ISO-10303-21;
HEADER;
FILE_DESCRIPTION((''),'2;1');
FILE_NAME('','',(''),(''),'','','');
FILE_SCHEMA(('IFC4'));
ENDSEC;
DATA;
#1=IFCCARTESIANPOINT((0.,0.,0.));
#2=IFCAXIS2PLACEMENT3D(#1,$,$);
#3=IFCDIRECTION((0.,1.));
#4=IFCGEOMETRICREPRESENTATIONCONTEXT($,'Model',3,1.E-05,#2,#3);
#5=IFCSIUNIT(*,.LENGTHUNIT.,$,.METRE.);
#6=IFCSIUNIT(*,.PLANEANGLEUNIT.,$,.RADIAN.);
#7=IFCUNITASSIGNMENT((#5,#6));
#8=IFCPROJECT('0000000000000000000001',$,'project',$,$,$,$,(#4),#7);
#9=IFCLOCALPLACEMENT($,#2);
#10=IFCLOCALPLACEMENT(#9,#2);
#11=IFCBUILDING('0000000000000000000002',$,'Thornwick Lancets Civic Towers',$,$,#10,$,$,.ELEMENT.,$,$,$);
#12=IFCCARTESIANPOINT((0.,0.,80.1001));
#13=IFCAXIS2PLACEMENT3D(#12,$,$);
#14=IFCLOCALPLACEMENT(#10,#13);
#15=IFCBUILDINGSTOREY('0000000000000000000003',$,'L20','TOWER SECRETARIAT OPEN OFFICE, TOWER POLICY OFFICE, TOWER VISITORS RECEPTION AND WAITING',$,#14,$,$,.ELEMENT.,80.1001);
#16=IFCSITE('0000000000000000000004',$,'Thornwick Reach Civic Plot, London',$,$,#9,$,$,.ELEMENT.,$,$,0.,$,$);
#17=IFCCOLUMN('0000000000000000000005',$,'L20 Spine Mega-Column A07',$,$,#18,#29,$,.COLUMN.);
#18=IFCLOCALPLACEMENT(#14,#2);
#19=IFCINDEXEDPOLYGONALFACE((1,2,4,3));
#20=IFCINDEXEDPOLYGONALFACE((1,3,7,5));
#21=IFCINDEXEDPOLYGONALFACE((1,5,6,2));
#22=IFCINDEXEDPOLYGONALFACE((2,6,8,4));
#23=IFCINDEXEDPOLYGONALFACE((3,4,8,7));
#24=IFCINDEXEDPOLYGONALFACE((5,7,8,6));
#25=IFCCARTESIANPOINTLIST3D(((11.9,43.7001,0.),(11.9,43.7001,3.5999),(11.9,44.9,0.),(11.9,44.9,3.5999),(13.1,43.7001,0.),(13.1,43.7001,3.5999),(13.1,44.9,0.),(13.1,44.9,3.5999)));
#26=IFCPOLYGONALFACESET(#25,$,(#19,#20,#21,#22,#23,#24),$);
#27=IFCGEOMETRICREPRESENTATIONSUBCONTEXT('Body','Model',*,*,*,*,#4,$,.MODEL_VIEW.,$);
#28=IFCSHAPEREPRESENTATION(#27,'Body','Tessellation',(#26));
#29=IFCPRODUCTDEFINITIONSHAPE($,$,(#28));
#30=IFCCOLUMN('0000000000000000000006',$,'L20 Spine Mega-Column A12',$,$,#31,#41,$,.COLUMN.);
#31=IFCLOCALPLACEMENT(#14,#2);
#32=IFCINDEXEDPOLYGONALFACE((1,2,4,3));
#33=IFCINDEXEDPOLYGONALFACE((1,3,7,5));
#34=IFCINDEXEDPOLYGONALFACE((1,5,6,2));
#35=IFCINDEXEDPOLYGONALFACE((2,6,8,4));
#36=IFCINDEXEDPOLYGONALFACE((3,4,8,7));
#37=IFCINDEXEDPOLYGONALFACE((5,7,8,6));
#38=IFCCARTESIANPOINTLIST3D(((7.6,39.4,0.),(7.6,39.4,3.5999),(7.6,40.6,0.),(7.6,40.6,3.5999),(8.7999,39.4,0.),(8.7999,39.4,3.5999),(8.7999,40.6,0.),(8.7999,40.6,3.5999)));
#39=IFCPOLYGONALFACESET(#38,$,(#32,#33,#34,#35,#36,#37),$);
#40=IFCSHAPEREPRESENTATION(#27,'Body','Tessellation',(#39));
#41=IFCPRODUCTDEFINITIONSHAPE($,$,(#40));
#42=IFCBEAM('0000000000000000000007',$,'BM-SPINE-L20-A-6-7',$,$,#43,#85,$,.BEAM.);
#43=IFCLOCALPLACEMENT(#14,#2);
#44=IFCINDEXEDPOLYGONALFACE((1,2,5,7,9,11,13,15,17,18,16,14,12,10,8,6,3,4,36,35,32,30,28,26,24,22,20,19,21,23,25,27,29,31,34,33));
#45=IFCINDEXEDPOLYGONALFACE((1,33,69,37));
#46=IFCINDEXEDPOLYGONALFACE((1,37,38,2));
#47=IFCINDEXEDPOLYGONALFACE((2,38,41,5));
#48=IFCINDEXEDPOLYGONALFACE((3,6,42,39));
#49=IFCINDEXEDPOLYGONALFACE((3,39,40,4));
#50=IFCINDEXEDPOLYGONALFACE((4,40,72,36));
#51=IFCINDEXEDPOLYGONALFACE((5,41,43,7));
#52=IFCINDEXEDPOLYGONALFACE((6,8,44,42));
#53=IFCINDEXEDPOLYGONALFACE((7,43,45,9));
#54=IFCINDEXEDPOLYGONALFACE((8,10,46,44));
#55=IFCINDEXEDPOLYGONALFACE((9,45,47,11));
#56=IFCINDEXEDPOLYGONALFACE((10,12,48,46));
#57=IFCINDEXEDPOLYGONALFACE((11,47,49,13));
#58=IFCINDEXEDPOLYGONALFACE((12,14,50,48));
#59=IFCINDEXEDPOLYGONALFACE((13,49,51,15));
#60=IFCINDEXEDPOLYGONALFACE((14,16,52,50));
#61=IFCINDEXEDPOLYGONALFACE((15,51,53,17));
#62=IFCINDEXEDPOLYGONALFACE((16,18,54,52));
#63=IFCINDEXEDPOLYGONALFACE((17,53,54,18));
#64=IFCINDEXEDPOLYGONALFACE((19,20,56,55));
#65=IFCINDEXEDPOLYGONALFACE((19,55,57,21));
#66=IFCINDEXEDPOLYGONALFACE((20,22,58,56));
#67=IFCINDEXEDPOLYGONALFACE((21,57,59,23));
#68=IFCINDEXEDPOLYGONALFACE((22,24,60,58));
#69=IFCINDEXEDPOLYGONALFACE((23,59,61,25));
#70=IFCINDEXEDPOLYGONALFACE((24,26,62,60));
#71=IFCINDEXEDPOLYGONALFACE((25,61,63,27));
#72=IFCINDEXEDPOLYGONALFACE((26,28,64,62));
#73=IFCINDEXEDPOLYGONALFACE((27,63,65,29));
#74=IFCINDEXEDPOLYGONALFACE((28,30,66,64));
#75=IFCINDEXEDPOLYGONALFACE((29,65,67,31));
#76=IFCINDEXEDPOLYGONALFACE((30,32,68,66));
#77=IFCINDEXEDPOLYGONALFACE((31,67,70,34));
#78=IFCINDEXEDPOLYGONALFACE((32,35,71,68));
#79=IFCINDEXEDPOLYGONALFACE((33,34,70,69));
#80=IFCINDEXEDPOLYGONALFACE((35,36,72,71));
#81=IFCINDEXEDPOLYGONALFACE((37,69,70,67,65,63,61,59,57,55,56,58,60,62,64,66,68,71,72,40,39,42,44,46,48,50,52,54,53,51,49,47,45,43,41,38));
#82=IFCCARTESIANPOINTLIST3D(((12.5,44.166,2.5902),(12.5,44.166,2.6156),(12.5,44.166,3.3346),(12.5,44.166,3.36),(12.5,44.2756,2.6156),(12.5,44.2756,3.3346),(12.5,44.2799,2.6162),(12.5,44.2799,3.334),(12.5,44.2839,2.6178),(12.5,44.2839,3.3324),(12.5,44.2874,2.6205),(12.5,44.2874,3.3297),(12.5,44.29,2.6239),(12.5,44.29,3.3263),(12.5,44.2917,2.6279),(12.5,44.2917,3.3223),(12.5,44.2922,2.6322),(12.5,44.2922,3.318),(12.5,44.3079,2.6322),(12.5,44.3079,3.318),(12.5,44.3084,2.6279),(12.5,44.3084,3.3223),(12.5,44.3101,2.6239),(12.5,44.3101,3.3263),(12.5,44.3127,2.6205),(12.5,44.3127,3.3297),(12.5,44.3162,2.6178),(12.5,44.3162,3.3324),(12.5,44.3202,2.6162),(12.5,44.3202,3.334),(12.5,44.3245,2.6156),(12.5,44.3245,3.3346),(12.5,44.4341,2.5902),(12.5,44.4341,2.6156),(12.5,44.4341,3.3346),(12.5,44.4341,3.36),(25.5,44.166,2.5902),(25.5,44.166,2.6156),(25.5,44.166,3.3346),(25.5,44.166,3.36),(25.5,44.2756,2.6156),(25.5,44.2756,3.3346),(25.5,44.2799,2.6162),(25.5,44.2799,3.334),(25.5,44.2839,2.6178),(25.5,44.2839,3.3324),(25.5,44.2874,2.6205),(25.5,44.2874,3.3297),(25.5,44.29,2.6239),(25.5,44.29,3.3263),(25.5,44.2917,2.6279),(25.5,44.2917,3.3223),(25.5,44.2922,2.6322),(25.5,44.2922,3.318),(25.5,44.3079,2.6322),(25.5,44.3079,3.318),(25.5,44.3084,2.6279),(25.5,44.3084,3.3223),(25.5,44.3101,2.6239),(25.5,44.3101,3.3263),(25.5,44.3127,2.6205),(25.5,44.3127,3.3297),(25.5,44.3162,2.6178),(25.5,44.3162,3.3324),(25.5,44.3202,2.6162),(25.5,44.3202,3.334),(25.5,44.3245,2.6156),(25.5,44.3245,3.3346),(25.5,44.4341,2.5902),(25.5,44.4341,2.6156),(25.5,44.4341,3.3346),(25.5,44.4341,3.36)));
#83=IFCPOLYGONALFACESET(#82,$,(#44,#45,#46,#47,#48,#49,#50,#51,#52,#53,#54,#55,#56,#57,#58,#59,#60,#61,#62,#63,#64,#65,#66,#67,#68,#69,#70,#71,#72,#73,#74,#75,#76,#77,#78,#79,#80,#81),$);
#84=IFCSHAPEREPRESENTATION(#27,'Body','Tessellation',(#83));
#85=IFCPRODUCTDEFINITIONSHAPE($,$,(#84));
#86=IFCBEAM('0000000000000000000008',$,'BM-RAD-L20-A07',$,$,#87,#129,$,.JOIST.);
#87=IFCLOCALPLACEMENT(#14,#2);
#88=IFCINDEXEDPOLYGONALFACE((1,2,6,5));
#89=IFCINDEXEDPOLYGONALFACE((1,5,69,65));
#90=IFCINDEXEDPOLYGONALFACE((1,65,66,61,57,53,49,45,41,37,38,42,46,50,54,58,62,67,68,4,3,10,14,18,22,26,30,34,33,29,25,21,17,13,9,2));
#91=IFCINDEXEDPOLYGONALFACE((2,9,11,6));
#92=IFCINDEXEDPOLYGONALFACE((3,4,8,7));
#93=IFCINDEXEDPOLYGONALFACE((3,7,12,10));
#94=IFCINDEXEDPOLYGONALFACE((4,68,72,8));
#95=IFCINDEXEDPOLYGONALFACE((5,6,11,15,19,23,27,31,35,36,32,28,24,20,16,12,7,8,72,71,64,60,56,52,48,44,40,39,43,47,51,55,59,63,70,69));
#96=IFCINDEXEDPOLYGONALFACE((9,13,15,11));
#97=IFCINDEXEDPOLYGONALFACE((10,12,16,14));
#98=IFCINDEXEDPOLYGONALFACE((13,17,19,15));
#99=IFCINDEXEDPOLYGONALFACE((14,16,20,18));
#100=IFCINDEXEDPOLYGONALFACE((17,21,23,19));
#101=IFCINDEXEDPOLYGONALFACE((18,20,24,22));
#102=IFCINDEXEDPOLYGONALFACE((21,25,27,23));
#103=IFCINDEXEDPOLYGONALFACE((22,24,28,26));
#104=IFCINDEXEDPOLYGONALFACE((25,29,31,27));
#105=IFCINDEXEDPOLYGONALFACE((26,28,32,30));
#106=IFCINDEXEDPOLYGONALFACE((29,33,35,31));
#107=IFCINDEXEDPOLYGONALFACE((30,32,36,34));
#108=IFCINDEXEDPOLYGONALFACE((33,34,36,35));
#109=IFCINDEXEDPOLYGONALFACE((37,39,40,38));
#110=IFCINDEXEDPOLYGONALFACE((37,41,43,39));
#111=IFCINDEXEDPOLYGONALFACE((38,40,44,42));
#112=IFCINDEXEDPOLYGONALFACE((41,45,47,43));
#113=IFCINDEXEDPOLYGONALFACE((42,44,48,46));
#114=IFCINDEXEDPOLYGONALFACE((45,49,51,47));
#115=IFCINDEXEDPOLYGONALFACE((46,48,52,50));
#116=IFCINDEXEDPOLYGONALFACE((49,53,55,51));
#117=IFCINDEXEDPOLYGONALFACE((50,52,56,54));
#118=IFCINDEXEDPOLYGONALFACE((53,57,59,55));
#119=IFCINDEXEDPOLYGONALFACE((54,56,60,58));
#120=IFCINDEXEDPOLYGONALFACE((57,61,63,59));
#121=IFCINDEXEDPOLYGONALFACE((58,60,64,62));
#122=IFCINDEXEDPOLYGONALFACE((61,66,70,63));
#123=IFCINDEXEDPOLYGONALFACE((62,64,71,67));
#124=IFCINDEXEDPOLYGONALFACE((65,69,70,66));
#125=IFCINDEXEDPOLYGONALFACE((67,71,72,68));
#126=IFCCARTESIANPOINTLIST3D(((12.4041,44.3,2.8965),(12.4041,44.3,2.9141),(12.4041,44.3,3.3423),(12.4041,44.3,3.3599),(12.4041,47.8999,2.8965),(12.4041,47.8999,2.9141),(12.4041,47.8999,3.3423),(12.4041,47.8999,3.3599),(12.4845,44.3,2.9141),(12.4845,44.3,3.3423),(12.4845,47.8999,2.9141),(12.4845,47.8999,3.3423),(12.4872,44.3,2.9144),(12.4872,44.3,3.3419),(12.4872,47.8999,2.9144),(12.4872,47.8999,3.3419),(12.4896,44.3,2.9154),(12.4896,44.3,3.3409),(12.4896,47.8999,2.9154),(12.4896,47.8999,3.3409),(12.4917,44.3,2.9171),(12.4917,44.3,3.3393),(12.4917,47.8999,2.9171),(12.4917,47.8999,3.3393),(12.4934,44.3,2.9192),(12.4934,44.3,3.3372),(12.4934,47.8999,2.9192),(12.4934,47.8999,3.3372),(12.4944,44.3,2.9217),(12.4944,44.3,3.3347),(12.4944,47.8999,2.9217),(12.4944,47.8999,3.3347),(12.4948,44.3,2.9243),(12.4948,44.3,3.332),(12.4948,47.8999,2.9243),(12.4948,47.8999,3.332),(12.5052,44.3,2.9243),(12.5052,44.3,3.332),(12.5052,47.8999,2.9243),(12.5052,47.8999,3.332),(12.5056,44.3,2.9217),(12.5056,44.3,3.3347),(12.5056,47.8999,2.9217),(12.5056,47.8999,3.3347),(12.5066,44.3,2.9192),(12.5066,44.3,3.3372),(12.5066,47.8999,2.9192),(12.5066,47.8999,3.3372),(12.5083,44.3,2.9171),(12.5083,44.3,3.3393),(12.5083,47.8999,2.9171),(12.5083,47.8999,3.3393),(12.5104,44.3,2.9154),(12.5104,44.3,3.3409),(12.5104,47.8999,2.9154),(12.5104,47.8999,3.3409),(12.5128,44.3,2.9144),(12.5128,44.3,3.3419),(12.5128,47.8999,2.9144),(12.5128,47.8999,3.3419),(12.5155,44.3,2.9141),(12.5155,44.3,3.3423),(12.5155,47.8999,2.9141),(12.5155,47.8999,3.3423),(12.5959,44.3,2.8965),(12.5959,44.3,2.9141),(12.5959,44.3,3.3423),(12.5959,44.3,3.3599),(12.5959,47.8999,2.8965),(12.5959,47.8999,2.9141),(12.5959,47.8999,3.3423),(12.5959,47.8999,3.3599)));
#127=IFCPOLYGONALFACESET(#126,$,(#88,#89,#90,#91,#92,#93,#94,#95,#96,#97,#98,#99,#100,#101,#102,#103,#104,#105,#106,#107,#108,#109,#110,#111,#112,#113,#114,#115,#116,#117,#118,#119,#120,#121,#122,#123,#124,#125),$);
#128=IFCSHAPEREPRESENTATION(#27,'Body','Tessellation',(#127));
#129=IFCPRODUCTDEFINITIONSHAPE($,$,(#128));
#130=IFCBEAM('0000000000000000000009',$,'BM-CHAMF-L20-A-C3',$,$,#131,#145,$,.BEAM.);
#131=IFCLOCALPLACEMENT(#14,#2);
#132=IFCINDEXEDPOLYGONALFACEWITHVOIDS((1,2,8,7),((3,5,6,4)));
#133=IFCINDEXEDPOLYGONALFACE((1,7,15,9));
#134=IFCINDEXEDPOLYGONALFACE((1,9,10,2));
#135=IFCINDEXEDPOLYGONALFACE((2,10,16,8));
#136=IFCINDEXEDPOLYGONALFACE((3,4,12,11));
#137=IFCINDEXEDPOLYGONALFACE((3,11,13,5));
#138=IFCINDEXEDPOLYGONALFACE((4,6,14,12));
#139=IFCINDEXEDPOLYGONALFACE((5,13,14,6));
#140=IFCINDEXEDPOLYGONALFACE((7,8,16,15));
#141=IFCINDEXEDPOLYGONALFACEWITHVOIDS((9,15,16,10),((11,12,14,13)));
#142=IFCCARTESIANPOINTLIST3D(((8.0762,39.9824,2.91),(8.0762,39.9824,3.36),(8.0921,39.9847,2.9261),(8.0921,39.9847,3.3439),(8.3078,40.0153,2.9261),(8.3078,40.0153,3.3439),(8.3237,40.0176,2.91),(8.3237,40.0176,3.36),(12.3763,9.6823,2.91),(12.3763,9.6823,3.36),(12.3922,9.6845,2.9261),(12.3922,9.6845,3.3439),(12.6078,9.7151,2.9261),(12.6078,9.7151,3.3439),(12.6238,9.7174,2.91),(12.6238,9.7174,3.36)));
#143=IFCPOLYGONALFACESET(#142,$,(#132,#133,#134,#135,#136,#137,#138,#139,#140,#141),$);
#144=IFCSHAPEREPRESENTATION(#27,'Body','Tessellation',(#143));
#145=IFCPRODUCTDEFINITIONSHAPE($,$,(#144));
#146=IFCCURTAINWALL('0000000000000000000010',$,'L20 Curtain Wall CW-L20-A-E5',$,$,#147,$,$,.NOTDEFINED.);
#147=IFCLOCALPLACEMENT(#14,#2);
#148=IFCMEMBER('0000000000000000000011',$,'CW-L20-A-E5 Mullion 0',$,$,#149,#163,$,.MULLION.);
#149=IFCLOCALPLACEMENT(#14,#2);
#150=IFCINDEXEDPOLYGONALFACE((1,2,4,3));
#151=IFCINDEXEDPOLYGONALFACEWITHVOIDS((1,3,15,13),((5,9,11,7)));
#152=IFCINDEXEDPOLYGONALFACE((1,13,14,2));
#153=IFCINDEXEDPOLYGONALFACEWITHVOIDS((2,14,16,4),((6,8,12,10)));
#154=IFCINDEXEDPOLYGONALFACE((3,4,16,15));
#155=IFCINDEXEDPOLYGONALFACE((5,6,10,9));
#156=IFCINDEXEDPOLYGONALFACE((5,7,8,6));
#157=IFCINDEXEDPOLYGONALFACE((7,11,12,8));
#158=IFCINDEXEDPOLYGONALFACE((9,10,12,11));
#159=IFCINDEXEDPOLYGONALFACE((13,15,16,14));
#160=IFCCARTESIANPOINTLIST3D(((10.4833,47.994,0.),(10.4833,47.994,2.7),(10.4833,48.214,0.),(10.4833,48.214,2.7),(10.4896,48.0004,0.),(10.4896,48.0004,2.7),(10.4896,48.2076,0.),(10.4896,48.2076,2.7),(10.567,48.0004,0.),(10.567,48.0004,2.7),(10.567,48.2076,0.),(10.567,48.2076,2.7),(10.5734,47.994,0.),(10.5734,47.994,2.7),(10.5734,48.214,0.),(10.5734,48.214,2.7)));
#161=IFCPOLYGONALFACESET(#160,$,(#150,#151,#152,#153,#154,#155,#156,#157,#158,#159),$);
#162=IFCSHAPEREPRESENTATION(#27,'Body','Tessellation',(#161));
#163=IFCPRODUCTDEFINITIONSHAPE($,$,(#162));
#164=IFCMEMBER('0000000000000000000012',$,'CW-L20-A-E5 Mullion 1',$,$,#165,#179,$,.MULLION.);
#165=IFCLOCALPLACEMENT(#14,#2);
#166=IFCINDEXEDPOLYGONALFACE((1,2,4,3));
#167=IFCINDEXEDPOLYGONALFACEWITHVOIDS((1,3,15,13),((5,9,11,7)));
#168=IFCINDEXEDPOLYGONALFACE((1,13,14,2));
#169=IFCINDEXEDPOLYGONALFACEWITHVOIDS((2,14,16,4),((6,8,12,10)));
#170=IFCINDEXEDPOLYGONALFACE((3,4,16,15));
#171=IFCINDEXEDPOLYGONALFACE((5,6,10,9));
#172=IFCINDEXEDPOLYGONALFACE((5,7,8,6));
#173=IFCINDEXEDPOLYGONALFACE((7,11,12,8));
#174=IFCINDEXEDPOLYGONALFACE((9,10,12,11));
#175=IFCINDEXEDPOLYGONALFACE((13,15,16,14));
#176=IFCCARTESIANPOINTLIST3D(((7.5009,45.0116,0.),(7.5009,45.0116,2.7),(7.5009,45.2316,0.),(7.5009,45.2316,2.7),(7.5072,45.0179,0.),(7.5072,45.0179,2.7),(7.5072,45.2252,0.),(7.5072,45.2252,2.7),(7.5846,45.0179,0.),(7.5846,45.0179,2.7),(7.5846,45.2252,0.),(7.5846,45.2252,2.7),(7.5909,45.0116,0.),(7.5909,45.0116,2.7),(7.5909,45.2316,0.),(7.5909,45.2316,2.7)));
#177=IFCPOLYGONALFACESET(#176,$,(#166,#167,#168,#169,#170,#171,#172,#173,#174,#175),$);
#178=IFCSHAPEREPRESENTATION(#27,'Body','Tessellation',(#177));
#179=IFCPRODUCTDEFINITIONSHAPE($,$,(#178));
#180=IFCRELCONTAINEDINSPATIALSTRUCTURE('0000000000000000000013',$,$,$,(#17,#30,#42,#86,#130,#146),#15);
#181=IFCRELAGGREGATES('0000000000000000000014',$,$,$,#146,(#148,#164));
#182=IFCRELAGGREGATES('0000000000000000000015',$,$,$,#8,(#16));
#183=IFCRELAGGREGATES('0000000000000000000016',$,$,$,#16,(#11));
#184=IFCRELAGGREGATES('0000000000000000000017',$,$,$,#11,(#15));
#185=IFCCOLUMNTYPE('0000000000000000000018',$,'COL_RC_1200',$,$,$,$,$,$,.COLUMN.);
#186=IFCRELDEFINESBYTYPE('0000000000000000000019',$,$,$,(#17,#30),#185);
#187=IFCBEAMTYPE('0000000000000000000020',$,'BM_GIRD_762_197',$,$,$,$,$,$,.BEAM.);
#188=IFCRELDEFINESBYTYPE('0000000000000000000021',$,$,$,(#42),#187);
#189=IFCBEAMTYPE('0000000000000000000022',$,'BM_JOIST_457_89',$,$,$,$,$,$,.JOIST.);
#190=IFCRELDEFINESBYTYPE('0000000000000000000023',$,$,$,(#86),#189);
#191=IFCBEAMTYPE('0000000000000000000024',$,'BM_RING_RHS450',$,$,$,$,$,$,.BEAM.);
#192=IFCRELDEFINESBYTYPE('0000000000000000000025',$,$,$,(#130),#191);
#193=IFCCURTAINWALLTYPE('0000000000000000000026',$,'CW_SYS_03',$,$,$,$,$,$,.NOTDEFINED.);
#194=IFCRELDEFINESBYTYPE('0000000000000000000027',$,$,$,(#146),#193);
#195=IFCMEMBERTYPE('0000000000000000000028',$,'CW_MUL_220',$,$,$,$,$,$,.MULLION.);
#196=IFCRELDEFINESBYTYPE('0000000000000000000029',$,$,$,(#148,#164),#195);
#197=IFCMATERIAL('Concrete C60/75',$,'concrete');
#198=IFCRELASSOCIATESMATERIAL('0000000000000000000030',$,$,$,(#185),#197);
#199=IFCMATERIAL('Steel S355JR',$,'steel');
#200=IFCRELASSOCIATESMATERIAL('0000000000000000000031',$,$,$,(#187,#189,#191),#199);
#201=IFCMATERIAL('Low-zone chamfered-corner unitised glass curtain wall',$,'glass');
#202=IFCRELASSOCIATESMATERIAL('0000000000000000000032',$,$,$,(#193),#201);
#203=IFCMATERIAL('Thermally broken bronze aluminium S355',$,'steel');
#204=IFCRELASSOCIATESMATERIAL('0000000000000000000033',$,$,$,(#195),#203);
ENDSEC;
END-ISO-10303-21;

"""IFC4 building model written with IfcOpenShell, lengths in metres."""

from ifc_helpers import new_model, si_unit, direction, frame, origin, origin_2d, place, context, subcontext, project, spatial, rectangle, hollow_rectangle, i_section, extrude, material, material_profile, profile_set, type_object, element, aggregate, save


model = new_model("IFC4")

# Units and contexts
model_context = context("Model", 3, precision=1e-05, world=origin(), true_north=direction((0.0, 1.0)))
body_context = subcontext(model_context, "Body", "Model", "MODEL_VIEW")
ifc_project = project(units=[si_unit("LENGTHUNIT", "METRE"), si_unit("PLANEANGLEUNIT", "RADIAN")], contexts=[model_context])

# Site, building, storey
site_placement = place(None, origin())
site = spatial("IfcSite", under=ifc_project, at=site_placement, Name="Thornwick Reach Civic Plot, London", CompositionType="ELEMENT", RefElevation=0.0)
building_placement = place(site_placement, origin())
building = spatial("IfcBuilding", under=site, at=building_placement, Name="Thornwick Lancets Civic Towers", CompositionType="ELEMENT")
storey_placement = place(building_placement, frame((0.0, 0.0, 80.1001)))
storey = spatial("IfcBuildingStorey", under=building, at=storey_placement, Name="L20", Description="TOWER SECRETARIAT OPEN OFFICE, TOWER POLICY OFFICE, TOWER VISITORS RECEPTION AND WAITING", CompositionType="ELEMENT", Elevation=80.1001)

# Columns
ifc_material_1 = material(Name="Concrete C60/75", Category="concrete")
ifc_material_profile_1 = material_profile(ifc_material_1, rectangle(XDim=1.2, YDim=1.2, at=origin_2d()), Name="RC 1200x1200")
ifc_profile_set_1 = profile_set([ifc_material_profile_1], Name="Concrete C60/75")
column_type = type_object("IfcColumnType", Name="COL_RC_1200", PredefinedType="COLUMN", material=ifc_profile_set_1)
for number, where, z_axis, x_axis, name in (
    (1, (12.5, 44.3, 0.0), (0.0, 0.0, 1.0), (1.0, 0.0, 0.0), "L20 Spine Mega-Column A07"),
    (2, (8.2, 40.0, 0.0), (0.0, 0.0, 1.0), (1.0, 0.0, 0.0), "L20 Spine Mega-Column A12"),
):
    element("IfcColumn", number, at=place(storey_placement, frame(where, z_axis=z_axis, x_axis=x_axis)), inside=storey, type_object=column_type, Name=name, PredefinedType="COLUMN", context=body_context, shape_type="SweptSolid", body=[
        extrude(rectangle(XDim=1.2, YDim=1.2, at=origin_2d()), origin(), (0.0, 0.0, 1.0), 3.5999),
    ])

# Beams
ifc_material_2 = material(Name="Steel S355JR", Category="steel")
ifc_material_profile_2 = material_profile(ifc_material_2, i_section(OverallWidth=0.2681, OverallDepth=0.7698, WebThickness=0.0156, FlangeThickness=0.0254, FilletRadius=0.0166, at=origin_2d()), Name="UKB 762x267x197")
ifc_profile_set_2 = profile_set([ifc_material_profile_2], Name="Steel S355JR")
beam_type_1 = type_object("IfcBeamType", Name="BM_GIRD_762_197", PredefinedType="BEAM", material=ifc_profile_set_2)
beam_1_placement = place(storey_placement, frame((12.5, 44.3, 2.9751), z_axis=(1.0, 0.0, 0.0), x_axis=(0.0, 1.0, 0.0)))
element("IfcBeam", 3, at=beam_1_placement, inside=storey, type_object=beam_type_1, Name="BM-SPINE-L20-A-6-7", PredefinedType="BEAM", context=body_context, shape_type="SweptSolid", body=[
    extrude(i_section(OverallWidth=0.2681, OverallDepth=0.7698, WebThickness=0.0156, FlangeThickness=0.0254, FilletRadius=0.0166, at=origin_2d()), origin(), (0.0, 0.0, 1.0), 13.0),
])
ifc_material_profile_3 = material_profile(ifc_material_2, i_section(OverallWidth=0.1919, OverallDepth=0.4634, WebThickness=0.0105, FlangeThickness=0.0176, FilletRadius=0.0103, at=origin_2d()), Name="UKB 457x191x89")
ifc_profile_set_3 = profile_set([ifc_material_profile_3], Name="Steel S355JR")
beam_type_2 = type_object("IfcBeamType", Name="BM_JOIST_457_89", PredefinedType="JOIST", material=ifc_profile_set_3)
beam_2_placement = place(storey_placement, frame((12.5, 44.3, 3.1282), z_axis=(0.0, 1.0, 0.0), x_axis=(-1.0, 0.0, 0.0)))
element("IfcBeam", 4, at=beam_2_placement, inside=storey, type_object=beam_type_2, Name="BM-RAD-L20-A07", PredefinedType="JOIST", context=body_context, shape_type="SweptSolid", body=[
    extrude(i_section(OverallWidth=0.1919, OverallDepth=0.4634, WebThickness=0.0105, FlangeThickness=0.0176, FilletRadius=0.0103, at=origin_2d()), origin(), (0.0, 0.0, 1.0), 3.5999),
])
ifc_material_profile_4 = material_profile(ifc_material_2, hollow_rectangle(XDim=0.25, YDim=0.45, WallThickness=0.0161, at=origin_2d()), Name="RHS 450x250x16")
ifc_profile_set_4 = profile_set([ifc_material_profile_4], Name="Steel S355JR")
beam_type_3 = type_object("IfcBeamType", Name="BM_RING_RHS450", PredefinedType="BEAM", material=ifc_profile_set_4)
beam_3_placement = place(storey_placement, frame((8.2, 40.0, 3.135), z_axis=(0.140508, -0.99008, 0.0), x_axis=(0.99008, 0.140508, 0.0)))
element("IfcBeam", 5, at=beam_3_placement, inside=storey, type_object=beam_type_3, Name="BM-CHAMF-L20-A-C3", PredefinedType="BEAM", context=body_context, shape_type="SweptSolid", body=[
    extrude(hollow_rectangle(XDim=0.25, YDim=0.45, WallThickness=0.0161, at=origin_2d()), origin(), (0.0, 0.0, 1.0), 30.6038),
])

# Curtain wall, members
ifc_material_3 = material(Name="Low-zone chamfered-corner unitised glass curtain wall", Category="glass")
curtain_wall_type = type_object("IfcCurtainWallType", Name="CW_SYS_03", PredefinedType="NOTDEFINED", material=ifc_material_3)
curtain_wall_placement = place(storey_placement, origin())
curtain_wall = element("IfcCurtainWall", 6, at=curtain_wall_placement, inside=storey, type_object=curtain_wall_type, Name="L20 Curtain Wall CW-L20-A-E5", PredefinedType="NOTDEFINED")
ifc_material_4 = material(Name="Thermally broken bronze aluminium S355", Category="steel")
ifc_material_profile_5 = material_profile(ifc_material_4, hollow_rectangle(XDim=0.0901, YDim=0.22, WallThickness=0.0063, at=origin_2d()), Name="RHS 220x90x6.3")
ifc_profile_set_5 = profile_set([ifc_material_profile_5], Name="Thermally broken bronze aluminium S355")
member_type_1 = type_object("IfcMemberType", Name="CW_MUL_220", PredefinedType="MULLION", material=ifc_profile_set_5)
member_1_placement = place(storey_placement, frame((10.5283, 48.104, 0.0), z_axis=(0.0, 0.0, 1.0), x_axis=(1.0, 0.0, 0.0)))
member_1 = element("IfcMember", 7, at=member_1_placement, type_object=member_type_1, Name="CW-L20-A-E5 Mullion 0", PredefinedType="MULLION", context=body_context, shape_type="SweptSolid", body=[
    extrude(hollow_rectangle(XDim=0.0901, YDim=0.22, WallThickness=0.0063, at=origin_2d()), origin(), (0.0, 0.0, 1.0), 2.7),
])
member_2_placement = place(storey_placement, frame((7.5459, 45.1216, 0.0), z_axis=(0.0, 0.0, 1.0), x_axis=(1.0, 0.0, 0.0)))
member_2 = element("IfcMember", 8, at=member_2_placement, type_object=member_type_1, Name="CW-L20-A-E5 Mullion 1", PredefinedType="MULLION", context=body_context, shape_type="SweptSolid", body=[
    extrude(hollow_rectangle(XDim=0.0901, YDim=0.22, WallThickness=0.0063, at=origin_2d()), origin(), (0.0, 0.0, 1.0), 2.7),
])
aggregate(curtain_wall, [member_1, member_2])

save(model, "model.ifc")
